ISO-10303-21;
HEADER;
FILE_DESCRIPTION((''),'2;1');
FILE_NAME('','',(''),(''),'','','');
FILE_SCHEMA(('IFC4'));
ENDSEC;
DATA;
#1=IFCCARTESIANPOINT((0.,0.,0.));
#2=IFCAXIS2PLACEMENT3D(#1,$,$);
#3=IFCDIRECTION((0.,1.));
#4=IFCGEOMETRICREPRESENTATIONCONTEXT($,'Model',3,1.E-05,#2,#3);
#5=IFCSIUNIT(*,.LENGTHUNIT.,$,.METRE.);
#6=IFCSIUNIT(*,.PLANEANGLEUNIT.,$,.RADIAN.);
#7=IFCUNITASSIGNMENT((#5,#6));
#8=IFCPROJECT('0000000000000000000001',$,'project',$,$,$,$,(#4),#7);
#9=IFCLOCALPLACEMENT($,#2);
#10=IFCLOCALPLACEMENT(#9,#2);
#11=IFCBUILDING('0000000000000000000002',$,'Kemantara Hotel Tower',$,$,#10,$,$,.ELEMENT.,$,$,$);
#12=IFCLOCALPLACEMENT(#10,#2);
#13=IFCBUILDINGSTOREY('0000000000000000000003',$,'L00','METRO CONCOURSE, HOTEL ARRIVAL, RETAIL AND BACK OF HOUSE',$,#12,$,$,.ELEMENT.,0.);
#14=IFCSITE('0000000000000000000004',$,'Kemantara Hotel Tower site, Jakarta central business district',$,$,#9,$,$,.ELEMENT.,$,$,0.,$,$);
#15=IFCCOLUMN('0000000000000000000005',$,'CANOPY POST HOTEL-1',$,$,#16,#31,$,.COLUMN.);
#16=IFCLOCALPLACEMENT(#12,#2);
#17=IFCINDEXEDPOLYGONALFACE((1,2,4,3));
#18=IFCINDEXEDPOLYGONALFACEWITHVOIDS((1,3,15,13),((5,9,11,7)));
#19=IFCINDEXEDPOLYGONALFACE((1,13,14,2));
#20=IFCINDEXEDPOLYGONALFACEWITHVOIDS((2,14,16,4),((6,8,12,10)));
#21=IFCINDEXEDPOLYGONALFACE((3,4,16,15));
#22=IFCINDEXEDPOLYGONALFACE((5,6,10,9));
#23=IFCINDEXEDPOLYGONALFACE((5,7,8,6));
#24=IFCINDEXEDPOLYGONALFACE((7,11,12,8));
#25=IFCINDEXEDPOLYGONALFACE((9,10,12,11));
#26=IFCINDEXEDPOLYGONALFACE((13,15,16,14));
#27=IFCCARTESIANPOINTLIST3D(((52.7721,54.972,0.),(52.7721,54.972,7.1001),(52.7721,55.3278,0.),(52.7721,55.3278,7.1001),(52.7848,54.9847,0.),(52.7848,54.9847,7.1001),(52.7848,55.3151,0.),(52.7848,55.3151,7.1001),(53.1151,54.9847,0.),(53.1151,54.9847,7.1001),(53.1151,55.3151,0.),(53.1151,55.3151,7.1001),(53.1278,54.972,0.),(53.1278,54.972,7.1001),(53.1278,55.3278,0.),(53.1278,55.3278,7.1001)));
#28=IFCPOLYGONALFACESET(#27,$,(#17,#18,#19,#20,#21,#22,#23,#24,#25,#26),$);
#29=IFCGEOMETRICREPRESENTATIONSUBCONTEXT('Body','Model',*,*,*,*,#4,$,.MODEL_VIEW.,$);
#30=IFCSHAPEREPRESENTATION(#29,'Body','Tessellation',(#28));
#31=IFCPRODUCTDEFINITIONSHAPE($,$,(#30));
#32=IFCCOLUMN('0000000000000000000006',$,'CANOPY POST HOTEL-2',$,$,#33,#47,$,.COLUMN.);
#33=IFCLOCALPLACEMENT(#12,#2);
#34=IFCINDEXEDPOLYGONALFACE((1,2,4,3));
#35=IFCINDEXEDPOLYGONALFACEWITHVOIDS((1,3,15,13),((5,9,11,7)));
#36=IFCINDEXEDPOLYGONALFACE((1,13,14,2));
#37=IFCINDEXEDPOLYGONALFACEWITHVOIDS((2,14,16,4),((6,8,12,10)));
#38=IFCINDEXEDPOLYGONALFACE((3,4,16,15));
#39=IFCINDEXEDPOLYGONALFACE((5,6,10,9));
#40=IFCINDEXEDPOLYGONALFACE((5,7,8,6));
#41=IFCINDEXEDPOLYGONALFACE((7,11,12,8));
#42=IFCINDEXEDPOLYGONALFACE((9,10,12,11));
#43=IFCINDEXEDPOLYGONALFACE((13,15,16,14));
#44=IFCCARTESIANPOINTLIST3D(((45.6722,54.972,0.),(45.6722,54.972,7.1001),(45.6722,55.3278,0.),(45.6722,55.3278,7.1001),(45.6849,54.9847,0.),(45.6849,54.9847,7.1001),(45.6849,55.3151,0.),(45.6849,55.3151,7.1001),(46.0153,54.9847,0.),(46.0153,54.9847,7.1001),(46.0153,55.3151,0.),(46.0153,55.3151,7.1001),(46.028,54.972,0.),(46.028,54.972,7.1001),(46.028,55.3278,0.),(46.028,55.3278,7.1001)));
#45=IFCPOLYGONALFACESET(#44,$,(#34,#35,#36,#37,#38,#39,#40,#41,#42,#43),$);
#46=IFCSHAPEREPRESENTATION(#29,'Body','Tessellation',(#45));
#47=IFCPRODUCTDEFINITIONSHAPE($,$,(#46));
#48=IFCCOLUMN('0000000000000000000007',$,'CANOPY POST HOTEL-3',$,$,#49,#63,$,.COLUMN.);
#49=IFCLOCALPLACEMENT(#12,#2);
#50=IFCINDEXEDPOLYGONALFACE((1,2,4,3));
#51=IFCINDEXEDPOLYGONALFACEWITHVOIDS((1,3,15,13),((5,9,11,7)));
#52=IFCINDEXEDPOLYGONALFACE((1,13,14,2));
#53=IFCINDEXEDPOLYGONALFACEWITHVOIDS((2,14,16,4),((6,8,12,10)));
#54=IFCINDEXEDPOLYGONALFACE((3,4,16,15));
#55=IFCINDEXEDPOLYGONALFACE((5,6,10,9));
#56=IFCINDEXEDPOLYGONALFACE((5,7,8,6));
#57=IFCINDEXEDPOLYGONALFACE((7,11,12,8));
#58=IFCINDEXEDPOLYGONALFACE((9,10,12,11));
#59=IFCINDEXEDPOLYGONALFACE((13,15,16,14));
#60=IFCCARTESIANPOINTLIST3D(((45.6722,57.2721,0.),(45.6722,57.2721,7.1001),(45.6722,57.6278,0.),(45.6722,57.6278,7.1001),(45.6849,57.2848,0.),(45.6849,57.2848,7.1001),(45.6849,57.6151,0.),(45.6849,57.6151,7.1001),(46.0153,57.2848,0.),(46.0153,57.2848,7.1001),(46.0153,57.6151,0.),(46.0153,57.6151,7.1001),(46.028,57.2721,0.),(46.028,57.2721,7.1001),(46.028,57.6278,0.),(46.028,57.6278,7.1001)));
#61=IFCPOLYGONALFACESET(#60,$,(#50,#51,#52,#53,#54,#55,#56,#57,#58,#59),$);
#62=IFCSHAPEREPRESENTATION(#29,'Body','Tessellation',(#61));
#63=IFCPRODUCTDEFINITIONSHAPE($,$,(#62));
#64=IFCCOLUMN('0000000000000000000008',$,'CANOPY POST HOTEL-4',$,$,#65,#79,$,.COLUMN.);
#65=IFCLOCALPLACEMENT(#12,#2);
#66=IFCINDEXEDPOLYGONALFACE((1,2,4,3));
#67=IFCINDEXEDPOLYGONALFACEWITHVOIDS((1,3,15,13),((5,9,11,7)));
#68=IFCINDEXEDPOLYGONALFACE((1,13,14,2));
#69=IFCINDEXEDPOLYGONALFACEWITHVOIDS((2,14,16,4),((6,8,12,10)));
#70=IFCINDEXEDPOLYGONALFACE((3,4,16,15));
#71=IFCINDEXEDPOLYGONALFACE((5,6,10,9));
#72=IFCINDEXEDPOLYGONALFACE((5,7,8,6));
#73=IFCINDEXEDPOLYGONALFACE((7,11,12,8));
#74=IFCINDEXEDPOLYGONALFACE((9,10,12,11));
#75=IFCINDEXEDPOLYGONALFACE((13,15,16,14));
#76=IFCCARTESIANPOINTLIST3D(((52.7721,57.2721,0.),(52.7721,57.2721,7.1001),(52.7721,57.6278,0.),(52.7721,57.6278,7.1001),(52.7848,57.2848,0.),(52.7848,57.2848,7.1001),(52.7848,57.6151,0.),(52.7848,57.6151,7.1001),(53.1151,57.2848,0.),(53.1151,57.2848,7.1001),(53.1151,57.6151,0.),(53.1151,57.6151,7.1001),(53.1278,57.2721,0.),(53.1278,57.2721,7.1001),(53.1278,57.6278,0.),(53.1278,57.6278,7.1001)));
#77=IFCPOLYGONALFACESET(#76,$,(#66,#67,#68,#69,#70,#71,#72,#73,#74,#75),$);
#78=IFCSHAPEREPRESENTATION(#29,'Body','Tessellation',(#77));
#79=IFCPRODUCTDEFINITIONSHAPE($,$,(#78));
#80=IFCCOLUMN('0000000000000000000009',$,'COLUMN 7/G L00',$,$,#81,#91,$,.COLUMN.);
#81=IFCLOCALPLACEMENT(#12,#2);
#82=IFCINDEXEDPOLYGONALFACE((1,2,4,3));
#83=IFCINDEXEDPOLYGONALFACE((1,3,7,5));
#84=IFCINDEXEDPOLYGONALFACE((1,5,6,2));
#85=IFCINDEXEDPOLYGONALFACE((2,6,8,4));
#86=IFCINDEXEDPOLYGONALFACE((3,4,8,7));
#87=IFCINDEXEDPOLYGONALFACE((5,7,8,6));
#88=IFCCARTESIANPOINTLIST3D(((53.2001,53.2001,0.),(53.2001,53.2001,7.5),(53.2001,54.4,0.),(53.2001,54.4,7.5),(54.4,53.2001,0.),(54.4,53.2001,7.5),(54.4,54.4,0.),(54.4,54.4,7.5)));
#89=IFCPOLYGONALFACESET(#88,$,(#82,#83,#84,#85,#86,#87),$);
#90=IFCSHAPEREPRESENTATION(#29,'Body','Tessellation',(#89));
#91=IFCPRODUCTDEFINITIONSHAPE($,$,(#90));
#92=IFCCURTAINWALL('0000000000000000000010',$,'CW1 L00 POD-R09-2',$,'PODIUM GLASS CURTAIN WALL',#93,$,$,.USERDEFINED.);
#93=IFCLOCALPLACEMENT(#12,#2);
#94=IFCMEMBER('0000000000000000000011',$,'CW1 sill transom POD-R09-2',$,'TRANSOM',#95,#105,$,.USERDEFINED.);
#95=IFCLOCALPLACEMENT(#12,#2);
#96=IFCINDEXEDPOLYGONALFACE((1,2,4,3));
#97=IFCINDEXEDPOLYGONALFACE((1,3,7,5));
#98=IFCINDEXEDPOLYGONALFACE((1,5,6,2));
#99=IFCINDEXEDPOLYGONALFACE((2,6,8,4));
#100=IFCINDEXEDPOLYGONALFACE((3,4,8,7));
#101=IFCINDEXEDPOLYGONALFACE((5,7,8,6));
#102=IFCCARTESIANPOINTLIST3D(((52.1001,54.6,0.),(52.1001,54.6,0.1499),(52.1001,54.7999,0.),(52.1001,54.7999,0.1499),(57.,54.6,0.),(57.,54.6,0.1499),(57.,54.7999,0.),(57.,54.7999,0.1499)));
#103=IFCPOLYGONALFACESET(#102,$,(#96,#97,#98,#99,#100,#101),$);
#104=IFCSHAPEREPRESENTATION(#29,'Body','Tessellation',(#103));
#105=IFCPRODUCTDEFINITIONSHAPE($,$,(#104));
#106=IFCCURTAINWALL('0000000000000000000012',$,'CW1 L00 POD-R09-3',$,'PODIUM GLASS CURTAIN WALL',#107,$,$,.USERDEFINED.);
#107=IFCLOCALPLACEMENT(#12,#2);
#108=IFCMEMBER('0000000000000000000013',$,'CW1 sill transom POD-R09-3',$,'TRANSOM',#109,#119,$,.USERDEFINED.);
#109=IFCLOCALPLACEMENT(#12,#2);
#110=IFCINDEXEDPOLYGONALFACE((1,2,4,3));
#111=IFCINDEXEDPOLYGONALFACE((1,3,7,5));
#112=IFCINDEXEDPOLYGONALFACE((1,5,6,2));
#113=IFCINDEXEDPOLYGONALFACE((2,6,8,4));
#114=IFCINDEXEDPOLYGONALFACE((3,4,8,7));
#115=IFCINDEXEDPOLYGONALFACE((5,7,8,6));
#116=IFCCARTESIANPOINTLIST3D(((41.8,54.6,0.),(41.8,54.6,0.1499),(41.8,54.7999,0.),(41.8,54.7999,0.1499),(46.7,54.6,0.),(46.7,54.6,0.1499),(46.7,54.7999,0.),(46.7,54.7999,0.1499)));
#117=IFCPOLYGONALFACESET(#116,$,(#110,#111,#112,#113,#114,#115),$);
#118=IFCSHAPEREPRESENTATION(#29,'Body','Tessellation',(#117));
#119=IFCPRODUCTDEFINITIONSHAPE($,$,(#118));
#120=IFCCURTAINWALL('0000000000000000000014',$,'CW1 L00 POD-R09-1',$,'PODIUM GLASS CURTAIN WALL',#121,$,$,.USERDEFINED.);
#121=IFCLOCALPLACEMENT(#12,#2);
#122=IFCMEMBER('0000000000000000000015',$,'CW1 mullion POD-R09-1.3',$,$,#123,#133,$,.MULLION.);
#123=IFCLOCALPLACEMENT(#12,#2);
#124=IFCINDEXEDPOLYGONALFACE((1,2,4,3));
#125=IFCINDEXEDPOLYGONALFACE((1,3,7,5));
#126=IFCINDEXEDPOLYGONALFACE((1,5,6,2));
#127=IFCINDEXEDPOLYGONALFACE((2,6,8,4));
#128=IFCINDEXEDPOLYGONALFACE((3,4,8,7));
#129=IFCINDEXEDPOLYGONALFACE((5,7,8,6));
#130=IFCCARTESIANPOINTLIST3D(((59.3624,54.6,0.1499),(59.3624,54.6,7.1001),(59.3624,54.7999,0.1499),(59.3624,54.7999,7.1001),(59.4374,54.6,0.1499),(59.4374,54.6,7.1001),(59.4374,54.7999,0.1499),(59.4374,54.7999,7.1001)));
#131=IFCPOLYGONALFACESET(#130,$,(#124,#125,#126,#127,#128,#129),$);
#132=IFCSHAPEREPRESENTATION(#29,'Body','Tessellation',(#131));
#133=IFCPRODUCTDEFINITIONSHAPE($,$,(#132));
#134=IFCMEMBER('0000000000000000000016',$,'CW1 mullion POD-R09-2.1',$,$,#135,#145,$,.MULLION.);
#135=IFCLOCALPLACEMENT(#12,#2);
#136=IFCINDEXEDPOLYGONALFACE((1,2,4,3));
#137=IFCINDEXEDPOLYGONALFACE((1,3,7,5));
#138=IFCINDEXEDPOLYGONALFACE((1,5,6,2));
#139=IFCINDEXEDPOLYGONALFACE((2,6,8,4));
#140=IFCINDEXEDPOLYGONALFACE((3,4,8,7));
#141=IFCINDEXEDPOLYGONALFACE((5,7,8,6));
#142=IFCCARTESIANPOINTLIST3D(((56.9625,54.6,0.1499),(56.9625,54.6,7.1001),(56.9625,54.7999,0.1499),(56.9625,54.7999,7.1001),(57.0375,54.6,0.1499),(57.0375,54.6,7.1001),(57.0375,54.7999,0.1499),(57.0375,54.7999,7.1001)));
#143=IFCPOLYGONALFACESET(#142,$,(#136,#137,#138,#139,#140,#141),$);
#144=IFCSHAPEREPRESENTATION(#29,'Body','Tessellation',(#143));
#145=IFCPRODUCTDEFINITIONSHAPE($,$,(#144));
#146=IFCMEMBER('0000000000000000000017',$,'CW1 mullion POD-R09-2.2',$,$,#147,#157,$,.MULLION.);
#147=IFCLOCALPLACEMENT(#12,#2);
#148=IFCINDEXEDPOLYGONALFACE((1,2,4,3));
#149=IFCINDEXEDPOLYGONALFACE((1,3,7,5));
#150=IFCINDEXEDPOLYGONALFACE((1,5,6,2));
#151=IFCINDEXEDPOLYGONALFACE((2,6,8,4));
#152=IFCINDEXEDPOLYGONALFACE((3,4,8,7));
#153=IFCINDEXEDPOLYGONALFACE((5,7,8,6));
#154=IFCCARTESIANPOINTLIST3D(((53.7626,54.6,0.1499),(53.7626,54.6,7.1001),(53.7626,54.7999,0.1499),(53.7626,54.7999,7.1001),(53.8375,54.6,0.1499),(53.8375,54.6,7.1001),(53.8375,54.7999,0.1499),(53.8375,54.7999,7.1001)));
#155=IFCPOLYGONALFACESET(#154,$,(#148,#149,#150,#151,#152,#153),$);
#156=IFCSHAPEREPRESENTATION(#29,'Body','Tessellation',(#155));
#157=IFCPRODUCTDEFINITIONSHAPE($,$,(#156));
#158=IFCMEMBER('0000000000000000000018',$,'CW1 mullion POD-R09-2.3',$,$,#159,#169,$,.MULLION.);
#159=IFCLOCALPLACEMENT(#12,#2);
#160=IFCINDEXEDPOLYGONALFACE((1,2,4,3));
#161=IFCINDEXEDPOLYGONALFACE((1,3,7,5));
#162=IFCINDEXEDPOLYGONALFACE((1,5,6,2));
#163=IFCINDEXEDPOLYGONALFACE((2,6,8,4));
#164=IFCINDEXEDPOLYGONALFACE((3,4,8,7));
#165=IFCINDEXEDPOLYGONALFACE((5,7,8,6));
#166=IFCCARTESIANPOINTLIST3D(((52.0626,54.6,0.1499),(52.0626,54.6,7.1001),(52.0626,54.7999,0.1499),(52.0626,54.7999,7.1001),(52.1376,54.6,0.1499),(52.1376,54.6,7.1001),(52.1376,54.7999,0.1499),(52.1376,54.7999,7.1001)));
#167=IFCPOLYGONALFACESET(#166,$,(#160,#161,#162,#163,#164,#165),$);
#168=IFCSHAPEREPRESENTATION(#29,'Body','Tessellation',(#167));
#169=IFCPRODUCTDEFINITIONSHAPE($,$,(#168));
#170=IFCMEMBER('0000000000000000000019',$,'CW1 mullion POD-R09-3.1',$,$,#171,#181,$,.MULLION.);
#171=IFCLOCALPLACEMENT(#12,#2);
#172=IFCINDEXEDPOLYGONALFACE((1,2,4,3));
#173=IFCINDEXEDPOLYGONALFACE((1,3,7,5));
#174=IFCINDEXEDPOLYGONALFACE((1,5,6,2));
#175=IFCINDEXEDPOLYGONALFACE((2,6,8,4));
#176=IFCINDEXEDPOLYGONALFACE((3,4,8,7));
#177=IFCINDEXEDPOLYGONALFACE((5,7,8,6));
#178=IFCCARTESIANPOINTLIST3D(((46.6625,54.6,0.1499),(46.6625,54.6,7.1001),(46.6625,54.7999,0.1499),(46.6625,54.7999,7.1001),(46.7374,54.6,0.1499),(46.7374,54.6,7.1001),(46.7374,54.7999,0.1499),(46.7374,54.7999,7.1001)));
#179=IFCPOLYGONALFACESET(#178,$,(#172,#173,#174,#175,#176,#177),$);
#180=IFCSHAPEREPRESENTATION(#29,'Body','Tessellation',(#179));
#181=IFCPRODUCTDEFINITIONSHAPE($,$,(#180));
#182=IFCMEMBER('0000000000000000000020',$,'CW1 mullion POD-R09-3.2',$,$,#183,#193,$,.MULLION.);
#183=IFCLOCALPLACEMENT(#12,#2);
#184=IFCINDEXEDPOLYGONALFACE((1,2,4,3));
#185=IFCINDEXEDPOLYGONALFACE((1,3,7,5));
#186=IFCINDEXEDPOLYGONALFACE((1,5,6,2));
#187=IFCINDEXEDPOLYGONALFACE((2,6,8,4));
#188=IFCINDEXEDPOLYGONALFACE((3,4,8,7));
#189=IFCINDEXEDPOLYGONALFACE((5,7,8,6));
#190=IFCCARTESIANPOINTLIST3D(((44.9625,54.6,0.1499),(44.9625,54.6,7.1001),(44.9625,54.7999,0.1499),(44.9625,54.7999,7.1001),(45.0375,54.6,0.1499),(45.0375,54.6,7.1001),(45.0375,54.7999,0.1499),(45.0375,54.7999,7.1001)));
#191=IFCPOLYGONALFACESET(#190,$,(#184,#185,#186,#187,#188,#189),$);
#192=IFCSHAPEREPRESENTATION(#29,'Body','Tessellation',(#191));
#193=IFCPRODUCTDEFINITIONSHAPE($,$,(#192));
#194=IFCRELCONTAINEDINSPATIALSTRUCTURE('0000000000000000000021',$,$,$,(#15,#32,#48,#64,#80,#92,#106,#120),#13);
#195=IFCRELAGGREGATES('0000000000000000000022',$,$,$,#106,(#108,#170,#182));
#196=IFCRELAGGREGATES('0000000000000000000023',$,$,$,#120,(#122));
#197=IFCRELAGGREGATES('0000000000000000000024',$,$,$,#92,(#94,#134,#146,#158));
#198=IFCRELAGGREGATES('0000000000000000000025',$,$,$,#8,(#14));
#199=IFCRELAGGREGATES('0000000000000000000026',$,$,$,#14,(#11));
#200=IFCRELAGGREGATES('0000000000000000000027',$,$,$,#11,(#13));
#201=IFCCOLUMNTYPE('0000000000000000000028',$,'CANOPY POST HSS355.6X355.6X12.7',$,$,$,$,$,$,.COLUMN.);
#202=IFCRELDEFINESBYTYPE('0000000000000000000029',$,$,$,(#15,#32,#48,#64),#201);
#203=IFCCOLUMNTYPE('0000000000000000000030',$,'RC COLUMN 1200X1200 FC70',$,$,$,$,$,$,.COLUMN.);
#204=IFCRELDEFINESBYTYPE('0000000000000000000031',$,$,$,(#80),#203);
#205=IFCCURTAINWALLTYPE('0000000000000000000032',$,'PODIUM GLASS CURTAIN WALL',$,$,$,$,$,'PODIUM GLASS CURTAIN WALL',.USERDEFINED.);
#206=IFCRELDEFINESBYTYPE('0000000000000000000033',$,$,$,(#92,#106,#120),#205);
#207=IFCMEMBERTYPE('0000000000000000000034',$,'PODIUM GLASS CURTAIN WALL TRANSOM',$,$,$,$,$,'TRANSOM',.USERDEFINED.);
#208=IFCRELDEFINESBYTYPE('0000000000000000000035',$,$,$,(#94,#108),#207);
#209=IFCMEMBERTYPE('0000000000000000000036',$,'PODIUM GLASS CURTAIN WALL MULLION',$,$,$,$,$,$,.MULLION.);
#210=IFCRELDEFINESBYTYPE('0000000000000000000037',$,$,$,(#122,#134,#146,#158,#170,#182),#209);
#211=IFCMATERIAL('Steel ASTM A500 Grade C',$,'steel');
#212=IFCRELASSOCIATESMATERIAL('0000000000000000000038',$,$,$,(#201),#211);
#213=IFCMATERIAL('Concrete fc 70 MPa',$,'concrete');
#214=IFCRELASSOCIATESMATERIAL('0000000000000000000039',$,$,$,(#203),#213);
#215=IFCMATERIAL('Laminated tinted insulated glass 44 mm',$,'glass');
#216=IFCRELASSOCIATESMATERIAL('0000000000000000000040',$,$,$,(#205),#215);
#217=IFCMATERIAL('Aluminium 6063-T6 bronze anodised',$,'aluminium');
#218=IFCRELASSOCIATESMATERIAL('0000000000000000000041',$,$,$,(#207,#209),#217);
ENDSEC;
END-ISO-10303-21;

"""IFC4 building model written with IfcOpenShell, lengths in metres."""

from ifc_helpers import new_model, si_unit, direction, frame, origin, origin_2d, place, context, subcontext, project, spatial, rectangle, hollow_rectangle, extrude, source, transform, mapped, material, material_profile, profile_set, type_object, element, aggregate, save


model = new_model("IFC4")

# Units and contexts
model_context = context("Model", 3, precision=1e-05, world=origin(), true_north=direction((0.0, 1.0)))
body_context = subcontext(model_context, "Body", "Model", "MODEL_VIEW")
ifc_project = project(units=[si_unit("LENGTHUNIT", "METRE"), si_unit("PLANEANGLEUNIT", "RADIAN")], contexts=[model_context])

# Site, building, storey
site_placement = place(None, origin())
site = spatial("IfcSite", under=ifc_project, at=site_placement, Name="Kemantara Hotel Tower site, Jakarta central business district", CompositionType="ELEMENT", RefElevation=0.0)
building_placement = place(site_placement, origin())
building = spatial("IfcBuilding", under=site, at=building_placement, Name="Kemantara Hotel Tower", CompositionType="ELEMENT")
storey_placement = place(building_placement, origin())
storey = spatial("IfcBuildingStorey", under=building, at=storey_placement, Name="L00", Description="METRO CONCOURSE, HOTEL ARRIVAL, RETAIL AND BACK OF HOUSE", CompositionType="ELEMENT", Elevation=0.0)

# Columns
ifc_material_1 = material(Name="Steel ASTM A500 Grade C", Category="steel")
ifc_material_profile_1 = material_profile(ifc_material_1, hollow_rectangle(XDim=0.3557, YDim=0.3557, WallThickness=0.0127, at=origin_2d()), Name="HSS355.6X355.6X12.7")
ifc_profile_set_1 = profile_set([ifc_material_profile_1], Name="Steel ASTM A500 Grade C")
column_type_1 = type_object("IfcColumnType", Name="CANOPY POST HSS355.6X355.6X12.7", PredefinedType="COLUMN", material=ifc_profile_set_1)
for number, where, z_axis, x_axis, name in (
    (1, (52.95, 55.1499, 0.0), (0.0, 0.0, 1.0), (1.0, 0.0, 0.0), "CANOPY POST HOTEL-1"),
    (2, (45.8501, 55.1499, 0.0), (0.0, 0.0, 1.0), (1.0, 0.0, 0.0), "CANOPY POST HOTEL-2"),
    (3, (45.8501, 57.45, 0.0), (0.0, 0.0, 1.0), (1.0, 0.0, 0.0), "CANOPY POST HOTEL-3"),
    (4, (52.95, 57.45, 0.0), (0.0, 0.0, 1.0), (1.0, 0.0, 0.0), "CANOPY POST HOTEL-4"),
):
    element("IfcColumn", number, at=place(storey_placement, frame(where, z_axis=z_axis, x_axis=x_axis)), inside=storey, type_object=column_type_1, Name=name, PredefinedType="COLUMN", context=body_context, shape_type="SweptSolid", body=[
        extrude(hollow_rectangle(XDim=0.3557, YDim=0.3557, WallThickness=0.0127, at=origin_2d()), origin(), (0.0, 0.0, 1.0), 7.1001),
    ])
ifc_material_2 = material(Name="Concrete fc 70 MPa", Category="concrete")
ifc_material_profile_2 = material_profile(ifc_material_2, rectangle(XDim=1.2, YDim=1.2, at=origin_2d()), Name="RC 1200X1200")
ifc_profile_set_2 = profile_set([ifc_material_profile_2], Name="Concrete fc 70 MPa")
column_type_2 = type_object("IfcColumnType", Name="RC COLUMN 1200X1200 FC70", PredefinedType="COLUMN", material=ifc_profile_set_2)
column_placement = place(storey_placement, frame((53.8, 53.8, 0.0), z_axis=(0.0, 0.0, 1.0), x_axis=(1.0, 0.0, 0.0)))
element("IfcColumn", 5, at=column_placement, inside=storey, type_object=column_type_2, Name="COLUMN 7/G L00", PredefinedType="COLUMN", context=body_context, shape_type="SweptSolid", body=[
    extrude(rectangle(XDim=1.2, YDim=1.2, at=origin_2d()), origin(), (0.0, 0.0, 1.0), 7.5),
])

# Curtain walls, members
ifc_material_3 = material(Name="Laminated tinted insulated glass 44 mm", Category="glass")
curtain_wall_type = type_object("IfcCurtainWallType", Name="PODIUM GLASS CURTAIN WALL", ElementType="PODIUM GLASS CURTAIN WALL", PredefinedType="USERDEFINED", material=ifc_material_3)
curtain_wall_1_placement = place(storey_placement, origin())
curtain_wall_1 = element("IfcCurtainWall", 6, at=curtain_wall_1_placement, inside=storey, type_object=curtain_wall_type, Name="CW1 L00 POD-R09-2", ObjectType="PODIUM GLASS CURTAIN WALL", PredefinedType="USERDEFINED")
ifc_material_4 = material(Name="Aluminium 6063-T6 bronze anodised", Category="aluminium")
ifc_material_profile_3 = material_profile(ifc_material_4, rectangle(XDim=0.2, YDim=0.1499, at=origin_2d()), Name="PODIUM GLASS CURTAIN WALL TRANSOM")
ifc_profile_set_3 = profile_set([ifc_material_profile_3], Name="Aluminium 6063-T6 bronze anodised")
member_type_1 = type_object("IfcMemberType", Name="PODIUM GLASS CURTAIN WALL TRANSOM", ElementType="TRANSOM", PredefinedType="USERDEFINED", material=ifc_profile_set_3)
member_1_placement = place(storey_placement, frame((57.0, 54.7, 0.075), z_axis=(-1.0, 0.0, 0.0), x_axis=(0.0, -1.0, 0.0)))
member_1 = element("IfcMember", 7, at=member_1_placement, type_object=member_type_1, Name="CW1 sill transom POD-R09-2", ObjectType="TRANSOM", PredefinedType="USERDEFINED", context=body_context, shape_type="SweptSolid", body=[
    extrude(rectangle(XDim=0.2, YDim=0.1499, at=origin_2d()), origin(), (0.0, 0.0, 1.0), 4.8999),
])
curtain_wall_2_placement = place(storey_placement, origin())
curtain_wall_2 = element("IfcCurtainWall", 8, at=curtain_wall_2_placement, inside=storey, type_object=curtain_wall_type, Name="CW1 L00 POD-R09-3", ObjectType="PODIUM GLASS CURTAIN WALL", PredefinedType="USERDEFINED")
member_2_placement = place(storey_placement, frame((46.7, 54.7, 0.075), z_axis=(-1.0, 0.0, 0.0), x_axis=(0.0, -1.0, 0.0)))
member_2 = element("IfcMember", 9, at=member_2_placement, type_object=member_type_1, Name="CW1 sill transom POD-R09-3", ObjectType="TRANSOM", PredefinedType="USERDEFINED", context=body_context, shape_type="SweptSolid", body=[
    extrude(rectangle(XDim=0.2, YDim=0.1499, at=origin_2d()), origin(), (0.0, 0.0, 1.0), 4.8999),
])
curtain_wall_3_placement = place(storey_placement, origin())
curtain_wall_3 = element("IfcCurtainWall", 10, at=curtain_wall_3_placement, inside=storey, type_object=curtain_wall_type, Name="CW1 L00 POD-R09-1", ObjectType="PODIUM GLASS CURTAIN WALL", PredefinedType="USERDEFINED")
ifc_material_profile_4 = material_profile(ifc_material_4, rectangle(XDim=0.2, YDim=0.075, at=origin_2d()), Name="PODIUM GLASS CURTAIN WALL MULLION")
ifc_profile_set_4 = profile_set([ifc_material_profile_4], Name="Aluminium 6063-T6 bronze anodised")
member_type_2 = type_object("IfcMemberType", Name="PODIUM GLASS CURTAIN WALL MULLION", PredefinedType="MULLION", material=ifc_profile_set_4)
shared_shape_1 = source(origin(), body_context, "Body", "SweptSolid", [
    extrude(rectangle(XDim=0.2, YDim=0.075, at=origin_2d()), origin(), (0.0, 0.0, 1.0), 6.9502),
])
member_3_placement = place(storey_placement, frame((59.3999, 54.7, 0.1499), z_axis=(0.0, 0.0, 1.0), x_axis=(0.0, -1.0, 0.0)))
member_3 = element("IfcMember", 11, at=member_3_placement, type_object=member_type_2, Name="CW1 mullion POD-R09-1.3", PredefinedType="MULLION", context=body_context, shape_type="MappedRepresentation", body=[
    mapped(shared_shape_1, transform((0.0, 0.0, 0.0))),
])

# Members
member_4_placement = place(storey_placement, frame((57.0, 54.7, 0.1499), z_axis=(0.0, 0.0, 1.0), x_axis=(0.0, -1.0, 0.0)))
member_4 = element("IfcMember", 12, at=member_4_placement, type_object=member_type_2, Name="CW1 mullion POD-R09-2.1", PredefinedType="MULLION", context=body_context, shape_type="MappedRepresentation", body=[
    mapped(shared_shape_1, transform((0.0, 0.0, 0.0))),
])
member_5_placement = place(storey_placement, frame((53.8, 54.7, 0.1499), z_axis=(0.0, 0.0, 1.0), x_axis=(0.0, -1.0, 0.0)))
member_5 = element("IfcMember", 13, at=member_5_placement, type_object=member_type_2, Name="CW1 mullion POD-R09-2.2", PredefinedType="MULLION", context=body_context, shape_type="MappedRepresentation", body=[
    mapped(shared_shape_1, transform((0.0, 0.0, 0.0))),
])
member_6_placement = place(storey_placement, frame((52.1001, 54.7, 0.1499), z_axis=(0.0, 0.0, 1.0), x_axis=(0.0, -1.0, 0.0)))
member_6 = element("IfcMember", 14, at=member_6_placement, type_object=member_type_2, Name="CW1 mullion POD-R09-2.3", PredefinedType="MULLION", context=body_context, shape_type="MappedRepresentation", body=[
    mapped(shared_shape_1, transform((0.0, 0.0, 0.0))),
])
member_7_placement = place(storey_placement, frame((46.7, 54.7, 0.1499), z_axis=(0.0, 0.0, 1.0), x_axis=(0.0, -1.0, 0.0)))
member_7 = element("IfcMember", 15, at=member_7_placement, type_object=member_type_2, Name="CW1 mullion POD-R09-3.1", PredefinedType="MULLION", context=body_context, shape_type="MappedRepresentation", body=[
    mapped(shared_shape_1, transform((0.0, 0.0, 0.0))),
])
member_8_placement = place(storey_placement, frame((45.0, 54.7, 0.1499), z_axis=(0.0, 0.0, 1.0), x_axis=(0.0, -1.0, 0.0)))
member_8 = element("IfcMember", 16, at=member_8_placement, type_object=member_type_2, Name="CW1 mullion POD-R09-3.2", PredefinedType="MULLION", context=body_context, shape_type="MappedRepresentation", body=[
    mapped(shared_shape_1, transform((0.0, 0.0, 0.0))),
])

aggregate(curtain_wall_2, [member_2, member_7, member_8])
aggregate(curtain_wall_3, [member_3])
aggregate(curtain_wall_1, [member_1, member_4, member_5, member_6])

save(model, "model.ifc")
